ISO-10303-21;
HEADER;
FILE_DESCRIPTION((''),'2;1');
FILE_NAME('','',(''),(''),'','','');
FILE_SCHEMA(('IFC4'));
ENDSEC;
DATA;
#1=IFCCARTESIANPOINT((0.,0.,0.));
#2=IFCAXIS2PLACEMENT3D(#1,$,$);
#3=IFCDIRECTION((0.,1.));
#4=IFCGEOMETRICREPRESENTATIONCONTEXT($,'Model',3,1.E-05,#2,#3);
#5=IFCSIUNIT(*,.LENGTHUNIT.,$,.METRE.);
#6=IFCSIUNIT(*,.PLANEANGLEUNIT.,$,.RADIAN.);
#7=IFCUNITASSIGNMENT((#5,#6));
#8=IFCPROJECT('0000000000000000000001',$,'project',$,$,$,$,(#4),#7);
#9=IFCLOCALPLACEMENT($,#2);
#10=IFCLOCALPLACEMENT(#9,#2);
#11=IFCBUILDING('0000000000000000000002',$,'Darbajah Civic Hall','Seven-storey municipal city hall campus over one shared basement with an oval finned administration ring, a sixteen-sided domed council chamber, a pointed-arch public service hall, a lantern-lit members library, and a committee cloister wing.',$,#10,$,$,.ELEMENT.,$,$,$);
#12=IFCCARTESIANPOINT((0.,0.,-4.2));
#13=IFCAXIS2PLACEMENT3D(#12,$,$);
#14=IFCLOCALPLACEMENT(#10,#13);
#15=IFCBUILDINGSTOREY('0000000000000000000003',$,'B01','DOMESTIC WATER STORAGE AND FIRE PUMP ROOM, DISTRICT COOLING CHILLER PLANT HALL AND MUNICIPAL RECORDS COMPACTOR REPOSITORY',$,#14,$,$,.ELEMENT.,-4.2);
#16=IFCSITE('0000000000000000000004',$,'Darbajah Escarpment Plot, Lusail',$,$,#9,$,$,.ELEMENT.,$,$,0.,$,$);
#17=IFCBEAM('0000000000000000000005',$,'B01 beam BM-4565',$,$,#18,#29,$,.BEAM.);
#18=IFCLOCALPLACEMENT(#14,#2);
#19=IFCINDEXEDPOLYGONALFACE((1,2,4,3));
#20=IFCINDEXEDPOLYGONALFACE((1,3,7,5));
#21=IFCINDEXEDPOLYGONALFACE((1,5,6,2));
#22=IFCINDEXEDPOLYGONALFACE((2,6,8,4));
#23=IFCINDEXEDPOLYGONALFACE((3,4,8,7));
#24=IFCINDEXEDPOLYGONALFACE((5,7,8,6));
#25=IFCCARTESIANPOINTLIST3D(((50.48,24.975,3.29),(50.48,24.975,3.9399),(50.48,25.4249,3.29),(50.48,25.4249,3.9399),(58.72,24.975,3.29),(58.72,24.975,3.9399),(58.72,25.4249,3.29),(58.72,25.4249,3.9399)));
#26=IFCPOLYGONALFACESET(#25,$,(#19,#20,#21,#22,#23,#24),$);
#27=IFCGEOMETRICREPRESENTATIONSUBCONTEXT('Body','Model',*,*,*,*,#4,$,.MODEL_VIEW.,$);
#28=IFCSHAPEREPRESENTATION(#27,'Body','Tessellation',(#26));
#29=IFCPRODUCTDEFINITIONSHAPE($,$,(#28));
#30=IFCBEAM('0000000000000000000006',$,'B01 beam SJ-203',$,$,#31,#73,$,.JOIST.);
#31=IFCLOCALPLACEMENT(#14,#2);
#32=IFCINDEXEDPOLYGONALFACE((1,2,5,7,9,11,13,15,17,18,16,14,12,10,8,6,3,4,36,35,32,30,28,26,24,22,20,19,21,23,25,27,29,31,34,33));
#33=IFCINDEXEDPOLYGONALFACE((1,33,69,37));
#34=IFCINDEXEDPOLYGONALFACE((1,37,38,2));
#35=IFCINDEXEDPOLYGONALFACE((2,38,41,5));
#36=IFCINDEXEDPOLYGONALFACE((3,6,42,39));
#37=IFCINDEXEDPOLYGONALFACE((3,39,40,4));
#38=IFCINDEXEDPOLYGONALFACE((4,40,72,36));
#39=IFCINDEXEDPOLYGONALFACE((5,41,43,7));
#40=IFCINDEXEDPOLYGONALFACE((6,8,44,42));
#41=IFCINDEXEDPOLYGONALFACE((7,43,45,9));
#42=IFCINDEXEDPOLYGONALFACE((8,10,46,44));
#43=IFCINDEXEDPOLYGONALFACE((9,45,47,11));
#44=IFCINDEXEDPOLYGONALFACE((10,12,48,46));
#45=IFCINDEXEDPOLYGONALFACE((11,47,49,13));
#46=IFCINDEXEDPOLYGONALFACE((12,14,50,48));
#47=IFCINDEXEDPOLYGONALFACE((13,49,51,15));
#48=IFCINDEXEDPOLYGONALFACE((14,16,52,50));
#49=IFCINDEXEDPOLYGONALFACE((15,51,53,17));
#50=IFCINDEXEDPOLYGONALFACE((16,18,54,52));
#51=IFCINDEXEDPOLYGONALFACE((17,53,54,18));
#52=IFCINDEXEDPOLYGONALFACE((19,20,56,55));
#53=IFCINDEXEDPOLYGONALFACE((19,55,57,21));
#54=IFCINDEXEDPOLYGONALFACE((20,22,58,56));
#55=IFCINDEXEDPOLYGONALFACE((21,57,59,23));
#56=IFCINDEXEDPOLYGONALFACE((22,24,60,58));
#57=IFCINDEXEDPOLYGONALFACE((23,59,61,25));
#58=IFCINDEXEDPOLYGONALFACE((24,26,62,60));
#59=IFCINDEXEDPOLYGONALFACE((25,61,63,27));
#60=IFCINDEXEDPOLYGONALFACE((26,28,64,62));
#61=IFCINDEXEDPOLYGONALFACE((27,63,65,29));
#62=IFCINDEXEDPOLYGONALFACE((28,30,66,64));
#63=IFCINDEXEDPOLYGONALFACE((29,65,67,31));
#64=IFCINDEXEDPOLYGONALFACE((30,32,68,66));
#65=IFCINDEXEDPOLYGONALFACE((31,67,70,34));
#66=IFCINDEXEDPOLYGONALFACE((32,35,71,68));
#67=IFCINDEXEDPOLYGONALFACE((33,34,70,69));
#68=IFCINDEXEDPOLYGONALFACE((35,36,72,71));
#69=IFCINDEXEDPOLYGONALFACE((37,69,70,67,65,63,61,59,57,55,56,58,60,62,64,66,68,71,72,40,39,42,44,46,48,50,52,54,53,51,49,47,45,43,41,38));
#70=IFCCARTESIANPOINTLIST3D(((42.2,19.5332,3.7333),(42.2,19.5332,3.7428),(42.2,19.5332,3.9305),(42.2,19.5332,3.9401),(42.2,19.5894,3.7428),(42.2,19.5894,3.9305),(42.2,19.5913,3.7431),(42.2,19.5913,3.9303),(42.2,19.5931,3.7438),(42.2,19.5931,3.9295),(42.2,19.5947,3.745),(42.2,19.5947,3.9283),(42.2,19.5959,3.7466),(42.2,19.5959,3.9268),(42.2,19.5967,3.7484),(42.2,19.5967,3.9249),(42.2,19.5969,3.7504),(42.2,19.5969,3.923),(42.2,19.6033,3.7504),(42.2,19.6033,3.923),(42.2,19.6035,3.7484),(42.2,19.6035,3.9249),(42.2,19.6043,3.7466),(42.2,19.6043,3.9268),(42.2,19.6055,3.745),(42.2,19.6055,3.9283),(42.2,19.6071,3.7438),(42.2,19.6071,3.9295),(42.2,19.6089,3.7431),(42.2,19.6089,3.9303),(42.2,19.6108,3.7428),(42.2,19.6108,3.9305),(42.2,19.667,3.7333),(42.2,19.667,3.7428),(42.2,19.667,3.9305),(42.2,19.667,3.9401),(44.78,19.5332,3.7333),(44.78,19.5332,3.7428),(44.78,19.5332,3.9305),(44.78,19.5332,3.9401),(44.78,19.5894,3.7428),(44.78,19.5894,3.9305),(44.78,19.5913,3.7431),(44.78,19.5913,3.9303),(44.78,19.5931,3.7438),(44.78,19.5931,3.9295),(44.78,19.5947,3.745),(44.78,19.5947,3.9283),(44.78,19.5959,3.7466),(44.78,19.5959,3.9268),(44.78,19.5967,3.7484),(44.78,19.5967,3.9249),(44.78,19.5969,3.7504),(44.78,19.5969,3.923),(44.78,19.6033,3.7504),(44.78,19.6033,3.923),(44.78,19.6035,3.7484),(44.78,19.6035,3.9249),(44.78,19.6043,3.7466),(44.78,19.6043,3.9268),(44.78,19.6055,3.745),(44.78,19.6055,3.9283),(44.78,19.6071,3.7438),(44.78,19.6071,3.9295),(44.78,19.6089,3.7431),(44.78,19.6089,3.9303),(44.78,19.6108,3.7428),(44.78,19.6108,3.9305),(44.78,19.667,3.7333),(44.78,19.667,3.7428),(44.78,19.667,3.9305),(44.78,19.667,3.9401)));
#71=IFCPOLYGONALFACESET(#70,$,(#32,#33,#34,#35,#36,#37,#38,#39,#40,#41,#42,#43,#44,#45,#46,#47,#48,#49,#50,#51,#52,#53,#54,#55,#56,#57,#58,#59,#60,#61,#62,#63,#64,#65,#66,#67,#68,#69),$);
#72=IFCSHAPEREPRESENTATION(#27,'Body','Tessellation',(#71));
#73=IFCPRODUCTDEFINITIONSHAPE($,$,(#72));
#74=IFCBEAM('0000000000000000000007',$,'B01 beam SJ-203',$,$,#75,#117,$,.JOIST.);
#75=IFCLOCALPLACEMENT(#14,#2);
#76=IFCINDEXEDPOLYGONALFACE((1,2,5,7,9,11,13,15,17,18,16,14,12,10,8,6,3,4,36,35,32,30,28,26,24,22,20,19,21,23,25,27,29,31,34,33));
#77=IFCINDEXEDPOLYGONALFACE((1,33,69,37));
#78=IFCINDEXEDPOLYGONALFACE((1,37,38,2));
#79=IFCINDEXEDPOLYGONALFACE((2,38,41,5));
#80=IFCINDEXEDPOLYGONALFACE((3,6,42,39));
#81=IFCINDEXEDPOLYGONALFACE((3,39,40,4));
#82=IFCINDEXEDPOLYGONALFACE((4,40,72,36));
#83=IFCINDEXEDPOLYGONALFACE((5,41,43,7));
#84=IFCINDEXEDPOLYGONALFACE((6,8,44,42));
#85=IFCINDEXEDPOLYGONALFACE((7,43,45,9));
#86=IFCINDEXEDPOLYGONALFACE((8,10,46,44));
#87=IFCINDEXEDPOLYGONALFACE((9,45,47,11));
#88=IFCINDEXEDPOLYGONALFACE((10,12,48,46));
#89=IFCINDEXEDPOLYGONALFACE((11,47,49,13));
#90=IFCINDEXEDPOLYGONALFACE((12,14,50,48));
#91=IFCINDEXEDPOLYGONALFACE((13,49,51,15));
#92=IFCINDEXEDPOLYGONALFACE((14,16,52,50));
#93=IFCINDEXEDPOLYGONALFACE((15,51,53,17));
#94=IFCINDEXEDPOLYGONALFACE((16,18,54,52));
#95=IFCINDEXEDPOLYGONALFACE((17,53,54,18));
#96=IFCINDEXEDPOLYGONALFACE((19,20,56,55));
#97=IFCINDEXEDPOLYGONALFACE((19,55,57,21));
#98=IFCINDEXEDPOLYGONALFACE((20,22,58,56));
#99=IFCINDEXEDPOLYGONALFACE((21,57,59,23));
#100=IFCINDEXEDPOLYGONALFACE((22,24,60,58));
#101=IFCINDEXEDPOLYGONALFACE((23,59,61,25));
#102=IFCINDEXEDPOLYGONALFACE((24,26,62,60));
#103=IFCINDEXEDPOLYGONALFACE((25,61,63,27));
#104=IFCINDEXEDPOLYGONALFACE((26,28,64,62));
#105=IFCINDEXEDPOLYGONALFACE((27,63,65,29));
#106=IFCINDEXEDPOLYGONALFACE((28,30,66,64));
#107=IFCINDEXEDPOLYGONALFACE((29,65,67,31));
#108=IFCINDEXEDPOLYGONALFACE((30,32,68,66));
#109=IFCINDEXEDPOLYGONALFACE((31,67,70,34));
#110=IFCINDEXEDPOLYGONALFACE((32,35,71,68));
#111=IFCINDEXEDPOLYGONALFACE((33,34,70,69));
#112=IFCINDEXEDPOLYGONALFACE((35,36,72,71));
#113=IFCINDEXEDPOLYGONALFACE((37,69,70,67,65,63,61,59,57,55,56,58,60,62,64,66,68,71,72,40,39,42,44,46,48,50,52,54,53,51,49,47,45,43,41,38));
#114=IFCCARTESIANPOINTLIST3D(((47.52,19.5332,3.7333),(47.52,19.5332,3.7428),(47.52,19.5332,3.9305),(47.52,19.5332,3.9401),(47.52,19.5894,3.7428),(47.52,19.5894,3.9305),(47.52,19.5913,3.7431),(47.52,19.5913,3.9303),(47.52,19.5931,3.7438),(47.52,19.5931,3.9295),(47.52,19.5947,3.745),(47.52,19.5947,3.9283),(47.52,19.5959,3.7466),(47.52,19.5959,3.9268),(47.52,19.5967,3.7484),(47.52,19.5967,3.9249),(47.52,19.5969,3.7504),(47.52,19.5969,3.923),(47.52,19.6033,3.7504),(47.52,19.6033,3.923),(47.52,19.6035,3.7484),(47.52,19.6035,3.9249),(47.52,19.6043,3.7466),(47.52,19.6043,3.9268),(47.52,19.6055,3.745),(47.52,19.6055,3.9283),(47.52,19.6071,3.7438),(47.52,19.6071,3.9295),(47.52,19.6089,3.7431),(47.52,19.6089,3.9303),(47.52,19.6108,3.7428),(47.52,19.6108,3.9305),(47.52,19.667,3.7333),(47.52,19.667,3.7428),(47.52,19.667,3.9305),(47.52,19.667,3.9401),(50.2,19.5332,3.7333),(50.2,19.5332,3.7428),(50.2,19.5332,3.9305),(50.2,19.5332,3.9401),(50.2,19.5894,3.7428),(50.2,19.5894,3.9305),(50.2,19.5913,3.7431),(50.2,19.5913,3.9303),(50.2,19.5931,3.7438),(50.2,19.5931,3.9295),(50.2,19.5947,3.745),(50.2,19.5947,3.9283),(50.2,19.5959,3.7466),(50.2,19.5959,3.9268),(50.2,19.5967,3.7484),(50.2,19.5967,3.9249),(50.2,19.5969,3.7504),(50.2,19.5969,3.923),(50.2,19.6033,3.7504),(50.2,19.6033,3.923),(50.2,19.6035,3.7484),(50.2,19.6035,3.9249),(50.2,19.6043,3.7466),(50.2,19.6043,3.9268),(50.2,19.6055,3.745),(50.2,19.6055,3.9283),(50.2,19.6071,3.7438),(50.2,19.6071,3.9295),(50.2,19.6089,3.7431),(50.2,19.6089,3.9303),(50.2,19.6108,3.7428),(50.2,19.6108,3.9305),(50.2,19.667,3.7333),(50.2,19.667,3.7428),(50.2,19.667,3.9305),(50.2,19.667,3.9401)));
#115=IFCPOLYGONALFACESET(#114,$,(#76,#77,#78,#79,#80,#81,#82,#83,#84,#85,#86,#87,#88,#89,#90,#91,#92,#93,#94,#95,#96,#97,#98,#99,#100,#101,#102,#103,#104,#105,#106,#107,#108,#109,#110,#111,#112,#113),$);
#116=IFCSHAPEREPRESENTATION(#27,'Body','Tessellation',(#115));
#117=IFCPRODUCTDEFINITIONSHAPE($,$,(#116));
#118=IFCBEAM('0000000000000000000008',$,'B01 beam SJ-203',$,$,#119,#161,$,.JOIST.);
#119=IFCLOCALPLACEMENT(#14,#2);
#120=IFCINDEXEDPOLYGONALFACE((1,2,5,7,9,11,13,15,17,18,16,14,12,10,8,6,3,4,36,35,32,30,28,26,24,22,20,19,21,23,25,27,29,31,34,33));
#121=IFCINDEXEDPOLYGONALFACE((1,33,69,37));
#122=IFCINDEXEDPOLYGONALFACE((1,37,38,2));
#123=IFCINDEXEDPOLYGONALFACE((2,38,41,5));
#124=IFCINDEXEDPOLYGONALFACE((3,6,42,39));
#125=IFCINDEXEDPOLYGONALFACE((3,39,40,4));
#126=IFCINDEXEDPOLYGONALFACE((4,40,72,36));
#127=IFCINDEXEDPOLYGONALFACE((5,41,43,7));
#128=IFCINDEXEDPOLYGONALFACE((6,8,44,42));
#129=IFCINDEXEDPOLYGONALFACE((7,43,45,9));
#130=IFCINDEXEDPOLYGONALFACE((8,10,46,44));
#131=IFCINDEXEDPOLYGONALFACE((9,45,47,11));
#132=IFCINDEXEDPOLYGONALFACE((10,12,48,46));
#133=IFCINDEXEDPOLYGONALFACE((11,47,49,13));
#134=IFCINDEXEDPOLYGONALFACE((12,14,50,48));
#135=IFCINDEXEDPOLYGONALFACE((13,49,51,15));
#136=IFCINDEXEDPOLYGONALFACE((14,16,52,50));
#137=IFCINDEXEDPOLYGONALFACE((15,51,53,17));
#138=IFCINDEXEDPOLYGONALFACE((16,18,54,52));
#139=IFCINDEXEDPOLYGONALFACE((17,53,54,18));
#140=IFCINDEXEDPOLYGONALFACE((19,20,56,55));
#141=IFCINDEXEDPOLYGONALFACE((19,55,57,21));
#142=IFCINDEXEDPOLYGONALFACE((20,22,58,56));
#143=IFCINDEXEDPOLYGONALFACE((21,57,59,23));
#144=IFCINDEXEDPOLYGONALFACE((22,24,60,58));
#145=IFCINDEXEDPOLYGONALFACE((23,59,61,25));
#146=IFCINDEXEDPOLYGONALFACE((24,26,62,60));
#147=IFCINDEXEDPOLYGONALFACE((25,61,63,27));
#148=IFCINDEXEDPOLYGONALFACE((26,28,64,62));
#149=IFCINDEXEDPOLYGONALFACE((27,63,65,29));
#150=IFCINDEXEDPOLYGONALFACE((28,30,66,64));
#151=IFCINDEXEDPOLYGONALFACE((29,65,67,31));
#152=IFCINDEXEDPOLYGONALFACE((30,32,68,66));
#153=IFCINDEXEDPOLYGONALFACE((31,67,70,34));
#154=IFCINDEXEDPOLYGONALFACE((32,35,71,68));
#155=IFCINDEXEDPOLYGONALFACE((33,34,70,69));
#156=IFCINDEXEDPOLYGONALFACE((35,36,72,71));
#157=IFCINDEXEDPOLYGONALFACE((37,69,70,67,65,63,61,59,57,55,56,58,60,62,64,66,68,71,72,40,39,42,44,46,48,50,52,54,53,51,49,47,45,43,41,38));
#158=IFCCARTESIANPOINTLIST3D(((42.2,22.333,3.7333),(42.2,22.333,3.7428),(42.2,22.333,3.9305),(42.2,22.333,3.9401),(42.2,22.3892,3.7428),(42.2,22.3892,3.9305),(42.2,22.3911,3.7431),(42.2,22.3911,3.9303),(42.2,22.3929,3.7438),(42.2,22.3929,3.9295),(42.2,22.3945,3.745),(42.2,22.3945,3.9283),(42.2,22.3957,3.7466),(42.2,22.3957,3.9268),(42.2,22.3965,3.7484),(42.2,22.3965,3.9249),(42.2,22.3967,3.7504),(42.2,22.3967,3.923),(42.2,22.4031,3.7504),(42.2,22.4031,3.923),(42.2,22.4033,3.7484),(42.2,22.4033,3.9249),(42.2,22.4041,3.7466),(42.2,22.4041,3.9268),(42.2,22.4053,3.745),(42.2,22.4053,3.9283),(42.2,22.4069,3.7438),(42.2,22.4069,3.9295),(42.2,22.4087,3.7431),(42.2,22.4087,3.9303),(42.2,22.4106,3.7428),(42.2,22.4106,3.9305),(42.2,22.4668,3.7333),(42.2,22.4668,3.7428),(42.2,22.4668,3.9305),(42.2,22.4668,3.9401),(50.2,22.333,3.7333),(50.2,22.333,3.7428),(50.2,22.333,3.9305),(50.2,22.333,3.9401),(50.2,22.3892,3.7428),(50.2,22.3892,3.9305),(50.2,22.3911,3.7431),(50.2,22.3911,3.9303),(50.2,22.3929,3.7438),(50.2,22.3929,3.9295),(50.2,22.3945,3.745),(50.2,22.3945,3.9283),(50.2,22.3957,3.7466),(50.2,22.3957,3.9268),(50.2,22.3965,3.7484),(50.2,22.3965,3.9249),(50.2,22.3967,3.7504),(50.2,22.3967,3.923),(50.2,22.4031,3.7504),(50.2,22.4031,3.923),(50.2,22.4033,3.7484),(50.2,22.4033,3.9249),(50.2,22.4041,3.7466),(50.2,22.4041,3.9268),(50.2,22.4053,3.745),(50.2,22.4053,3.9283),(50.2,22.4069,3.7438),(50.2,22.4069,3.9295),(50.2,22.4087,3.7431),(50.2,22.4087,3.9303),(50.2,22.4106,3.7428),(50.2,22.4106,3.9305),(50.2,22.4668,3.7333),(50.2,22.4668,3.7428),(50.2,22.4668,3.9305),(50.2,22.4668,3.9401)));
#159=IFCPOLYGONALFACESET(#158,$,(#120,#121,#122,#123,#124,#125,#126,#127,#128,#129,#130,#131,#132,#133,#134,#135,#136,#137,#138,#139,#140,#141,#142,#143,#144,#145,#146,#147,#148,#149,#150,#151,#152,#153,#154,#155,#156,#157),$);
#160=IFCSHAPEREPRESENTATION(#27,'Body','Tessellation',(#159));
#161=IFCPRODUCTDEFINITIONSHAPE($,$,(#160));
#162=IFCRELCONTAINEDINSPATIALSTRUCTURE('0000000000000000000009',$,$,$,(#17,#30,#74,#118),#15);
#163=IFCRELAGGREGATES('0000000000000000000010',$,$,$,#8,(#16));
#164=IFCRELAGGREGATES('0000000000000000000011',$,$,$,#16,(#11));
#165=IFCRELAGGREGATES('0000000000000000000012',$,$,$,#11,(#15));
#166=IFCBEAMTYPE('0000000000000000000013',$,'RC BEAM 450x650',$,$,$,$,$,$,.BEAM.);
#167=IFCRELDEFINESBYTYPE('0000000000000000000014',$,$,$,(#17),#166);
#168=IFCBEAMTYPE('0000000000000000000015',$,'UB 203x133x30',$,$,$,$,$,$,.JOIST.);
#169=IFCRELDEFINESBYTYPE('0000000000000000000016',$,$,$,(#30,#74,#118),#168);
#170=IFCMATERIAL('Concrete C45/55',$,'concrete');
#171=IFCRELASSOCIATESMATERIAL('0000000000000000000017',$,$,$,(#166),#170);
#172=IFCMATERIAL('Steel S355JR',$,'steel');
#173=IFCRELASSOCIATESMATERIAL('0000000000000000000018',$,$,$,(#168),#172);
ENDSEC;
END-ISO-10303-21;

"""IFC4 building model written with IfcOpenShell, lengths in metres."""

from ifc_helpers import new_model, si_unit, direction, frame, origin, origin_2d, place, context, subcontext, project, spatial, rectangle, i_section, extrude, material, material_profile, profile_set, type_object, element, save


model = new_model("IFC4")

# Units and contexts
model_context = context("Model", 3, precision=1e-05, world=origin(), true_north=direction((0.0, 1.0)))
body_context = subcontext(model_context, "Body", "Model", "MODEL_VIEW")
ifc_project = project(units=[si_unit("LENGTHUNIT", "METRE"), si_unit("PLANEANGLEUNIT", "RADIAN")], contexts=[model_context])

# Site, building, storey
site_placement = place(None, origin())
site = spatial("IfcSite", under=ifc_project, at=site_placement, Name="Darbajah Escarpment Plot, Lusail", CompositionType="ELEMENT", RefElevation=0.0)
building_placement = place(site_placement, origin())
building = spatial("IfcBuilding", under=site, at=building_placement, Name="Darbajah Civic Hall", Description="Seven-storey municipal city hall campus over one shared basement with an oval finned administration ring, a sixteen-sided domed council chamber, a pointed-arch public service hall, a lantern-lit members library, and a committee cloister wing.", CompositionType="ELEMENT")
storey_placement = place(building_placement, frame((0.0, 0.0, -4.2)))
storey = spatial("IfcBuildingStorey", under=building, at=storey_placement, Name="B01", Description="DOMESTIC WATER STORAGE AND FIRE PUMP ROOM, DISTRICT COOLING CHILLER PLANT HALL AND MUNICIPAL RECORDS COMPACTOR REPOSITORY", CompositionType="ELEMENT", Elevation=-4.2)

# Shared definitions
ifc_material_1 = material(Name="Concrete C45/55", Category="concrete")

# Beams
ifc_material_profile_1 = material_profile(ifc_material_1, rectangle(XDim=0.45, YDim=0.6499, at=origin_2d()), Name="RC BEAM 450x650")
ifc_profile_set_1 = profile_set([ifc_material_profile_1], Name="Concrete C45/55")
beam_type_1 = type_object("IfcBeamType", Name="RC BEAM 450x650", PredefinedType="BEAM", material=ifc_profile_set_1)
for number, where, z_axis, x_axis, name in (
    (1, (50.48, 25.2, 3.615), (1.0, 0.0, 0.0), (0.0, 1.0, 0.0), "B01 beam BM-4565"),
):
    element("IfcBeam", number, at=place(storey_placement, frame(where, z_axis=z_axis, x_axis=x_axis)), inside=storey, type_object=beam_type_1, Name=name, PredefinedType="BEAM", context=body_context, shape_type="SweptSolid", body=[
        extrude(rectangle(XDim=0.45, YDim=0.6499, at=origin_2d()), origin(), (0.0, 0.0, 1.0), 8.24),
    ])
ifc_material_2 = material(Name="Steel S355JR", Category="steel")
ifc_material_profile_2 = material_profile(ifc_material_2, i_section(OverallWidth=0.1338, OverallDepth=0.2068, WebThickness=0.0063, FlangeThickness=0.0095, FilletRadius=0.0076, at=origin_2d()), Name="UB 203x133x30")
ifc_profile_set_2 = profile_set([ifc_material_profile_2], Name="Steel S355JR")
beam_type_2 = type_object("IfcBeamType", Name="UB 203x133x30", PredefinedType="JOIST", material=ifc_profile_set_2)
beam_1_placement = place(storey_placement, frame((42.2, 19.6001, 3.8367), z_axis=(1.0, 0.0, 0.0), x_axis=(0.0, 1.0, 0.0)))
element("IfcBeam", 2, at=beam_1_placement, inside=storey, type_object=beam_type_2, Name="B01 beam SJ-203", PredefinedType="JOIST", context=body_context, shape_type="SweptSolid", body=[
    extrude(i_section(OverallWidth=0.1338, OverallDepth=0.2068, WebThickness=0.0063, FlangeThickness=0.0095, FilletRadius=0.0076, at=origin_2d()), origin(), (0.0, 0.0, 1.0), 2.5801),
])
beam_2_placement = place(storey_placement, frame((47.52, 19.6001, 3.8367), z_axis=(1.0, 0.0, 0.0), x_axis=(0.0, 1.0, 0.0)))
element("IfcBeam", 3, at=beam_2_placement, inside=storey, type_object=beam_type_2, Name="B01 beam SJ-203", PredefinedType="JOIST", context=body_context, shape_type="SweptSolid", body=[
    extrude(i_section(OverallWidth=0.1338, OverallDepth=0.2068, WebThickness=0.0063, FlangeThickness=0.0095, FilletRadius=0.0076, at=origin_2d()), origin(), (0.0, 0.0, 1.0), 2.6799),
])
beam_3_placement = place(storey_placement, frame((42.2, 22.3999, 3.8367), z_axis=(1.0, 0.0, 0.0), x_axis=(0.0, 1.0, 0.0)))
element("IfcBeam", 4, at=beam_3_placement, inside=storey, type_object=beam_type_2, Name="B01 beam SJ-203", PredefinedType="JOIST", context=body_context, shape_type="SweptSolid", body=[
    extrude(i_section(OverallWidth=0.1338, OverallDepth=0.2068, WebThickness=0.0063, FlangeThickness=0.0095, FilletRadius=0.0076, at=origin_2d()), origin(), (0.0, 0.0, 1.0), 8.0),
])

save(model, "model.ifc")
